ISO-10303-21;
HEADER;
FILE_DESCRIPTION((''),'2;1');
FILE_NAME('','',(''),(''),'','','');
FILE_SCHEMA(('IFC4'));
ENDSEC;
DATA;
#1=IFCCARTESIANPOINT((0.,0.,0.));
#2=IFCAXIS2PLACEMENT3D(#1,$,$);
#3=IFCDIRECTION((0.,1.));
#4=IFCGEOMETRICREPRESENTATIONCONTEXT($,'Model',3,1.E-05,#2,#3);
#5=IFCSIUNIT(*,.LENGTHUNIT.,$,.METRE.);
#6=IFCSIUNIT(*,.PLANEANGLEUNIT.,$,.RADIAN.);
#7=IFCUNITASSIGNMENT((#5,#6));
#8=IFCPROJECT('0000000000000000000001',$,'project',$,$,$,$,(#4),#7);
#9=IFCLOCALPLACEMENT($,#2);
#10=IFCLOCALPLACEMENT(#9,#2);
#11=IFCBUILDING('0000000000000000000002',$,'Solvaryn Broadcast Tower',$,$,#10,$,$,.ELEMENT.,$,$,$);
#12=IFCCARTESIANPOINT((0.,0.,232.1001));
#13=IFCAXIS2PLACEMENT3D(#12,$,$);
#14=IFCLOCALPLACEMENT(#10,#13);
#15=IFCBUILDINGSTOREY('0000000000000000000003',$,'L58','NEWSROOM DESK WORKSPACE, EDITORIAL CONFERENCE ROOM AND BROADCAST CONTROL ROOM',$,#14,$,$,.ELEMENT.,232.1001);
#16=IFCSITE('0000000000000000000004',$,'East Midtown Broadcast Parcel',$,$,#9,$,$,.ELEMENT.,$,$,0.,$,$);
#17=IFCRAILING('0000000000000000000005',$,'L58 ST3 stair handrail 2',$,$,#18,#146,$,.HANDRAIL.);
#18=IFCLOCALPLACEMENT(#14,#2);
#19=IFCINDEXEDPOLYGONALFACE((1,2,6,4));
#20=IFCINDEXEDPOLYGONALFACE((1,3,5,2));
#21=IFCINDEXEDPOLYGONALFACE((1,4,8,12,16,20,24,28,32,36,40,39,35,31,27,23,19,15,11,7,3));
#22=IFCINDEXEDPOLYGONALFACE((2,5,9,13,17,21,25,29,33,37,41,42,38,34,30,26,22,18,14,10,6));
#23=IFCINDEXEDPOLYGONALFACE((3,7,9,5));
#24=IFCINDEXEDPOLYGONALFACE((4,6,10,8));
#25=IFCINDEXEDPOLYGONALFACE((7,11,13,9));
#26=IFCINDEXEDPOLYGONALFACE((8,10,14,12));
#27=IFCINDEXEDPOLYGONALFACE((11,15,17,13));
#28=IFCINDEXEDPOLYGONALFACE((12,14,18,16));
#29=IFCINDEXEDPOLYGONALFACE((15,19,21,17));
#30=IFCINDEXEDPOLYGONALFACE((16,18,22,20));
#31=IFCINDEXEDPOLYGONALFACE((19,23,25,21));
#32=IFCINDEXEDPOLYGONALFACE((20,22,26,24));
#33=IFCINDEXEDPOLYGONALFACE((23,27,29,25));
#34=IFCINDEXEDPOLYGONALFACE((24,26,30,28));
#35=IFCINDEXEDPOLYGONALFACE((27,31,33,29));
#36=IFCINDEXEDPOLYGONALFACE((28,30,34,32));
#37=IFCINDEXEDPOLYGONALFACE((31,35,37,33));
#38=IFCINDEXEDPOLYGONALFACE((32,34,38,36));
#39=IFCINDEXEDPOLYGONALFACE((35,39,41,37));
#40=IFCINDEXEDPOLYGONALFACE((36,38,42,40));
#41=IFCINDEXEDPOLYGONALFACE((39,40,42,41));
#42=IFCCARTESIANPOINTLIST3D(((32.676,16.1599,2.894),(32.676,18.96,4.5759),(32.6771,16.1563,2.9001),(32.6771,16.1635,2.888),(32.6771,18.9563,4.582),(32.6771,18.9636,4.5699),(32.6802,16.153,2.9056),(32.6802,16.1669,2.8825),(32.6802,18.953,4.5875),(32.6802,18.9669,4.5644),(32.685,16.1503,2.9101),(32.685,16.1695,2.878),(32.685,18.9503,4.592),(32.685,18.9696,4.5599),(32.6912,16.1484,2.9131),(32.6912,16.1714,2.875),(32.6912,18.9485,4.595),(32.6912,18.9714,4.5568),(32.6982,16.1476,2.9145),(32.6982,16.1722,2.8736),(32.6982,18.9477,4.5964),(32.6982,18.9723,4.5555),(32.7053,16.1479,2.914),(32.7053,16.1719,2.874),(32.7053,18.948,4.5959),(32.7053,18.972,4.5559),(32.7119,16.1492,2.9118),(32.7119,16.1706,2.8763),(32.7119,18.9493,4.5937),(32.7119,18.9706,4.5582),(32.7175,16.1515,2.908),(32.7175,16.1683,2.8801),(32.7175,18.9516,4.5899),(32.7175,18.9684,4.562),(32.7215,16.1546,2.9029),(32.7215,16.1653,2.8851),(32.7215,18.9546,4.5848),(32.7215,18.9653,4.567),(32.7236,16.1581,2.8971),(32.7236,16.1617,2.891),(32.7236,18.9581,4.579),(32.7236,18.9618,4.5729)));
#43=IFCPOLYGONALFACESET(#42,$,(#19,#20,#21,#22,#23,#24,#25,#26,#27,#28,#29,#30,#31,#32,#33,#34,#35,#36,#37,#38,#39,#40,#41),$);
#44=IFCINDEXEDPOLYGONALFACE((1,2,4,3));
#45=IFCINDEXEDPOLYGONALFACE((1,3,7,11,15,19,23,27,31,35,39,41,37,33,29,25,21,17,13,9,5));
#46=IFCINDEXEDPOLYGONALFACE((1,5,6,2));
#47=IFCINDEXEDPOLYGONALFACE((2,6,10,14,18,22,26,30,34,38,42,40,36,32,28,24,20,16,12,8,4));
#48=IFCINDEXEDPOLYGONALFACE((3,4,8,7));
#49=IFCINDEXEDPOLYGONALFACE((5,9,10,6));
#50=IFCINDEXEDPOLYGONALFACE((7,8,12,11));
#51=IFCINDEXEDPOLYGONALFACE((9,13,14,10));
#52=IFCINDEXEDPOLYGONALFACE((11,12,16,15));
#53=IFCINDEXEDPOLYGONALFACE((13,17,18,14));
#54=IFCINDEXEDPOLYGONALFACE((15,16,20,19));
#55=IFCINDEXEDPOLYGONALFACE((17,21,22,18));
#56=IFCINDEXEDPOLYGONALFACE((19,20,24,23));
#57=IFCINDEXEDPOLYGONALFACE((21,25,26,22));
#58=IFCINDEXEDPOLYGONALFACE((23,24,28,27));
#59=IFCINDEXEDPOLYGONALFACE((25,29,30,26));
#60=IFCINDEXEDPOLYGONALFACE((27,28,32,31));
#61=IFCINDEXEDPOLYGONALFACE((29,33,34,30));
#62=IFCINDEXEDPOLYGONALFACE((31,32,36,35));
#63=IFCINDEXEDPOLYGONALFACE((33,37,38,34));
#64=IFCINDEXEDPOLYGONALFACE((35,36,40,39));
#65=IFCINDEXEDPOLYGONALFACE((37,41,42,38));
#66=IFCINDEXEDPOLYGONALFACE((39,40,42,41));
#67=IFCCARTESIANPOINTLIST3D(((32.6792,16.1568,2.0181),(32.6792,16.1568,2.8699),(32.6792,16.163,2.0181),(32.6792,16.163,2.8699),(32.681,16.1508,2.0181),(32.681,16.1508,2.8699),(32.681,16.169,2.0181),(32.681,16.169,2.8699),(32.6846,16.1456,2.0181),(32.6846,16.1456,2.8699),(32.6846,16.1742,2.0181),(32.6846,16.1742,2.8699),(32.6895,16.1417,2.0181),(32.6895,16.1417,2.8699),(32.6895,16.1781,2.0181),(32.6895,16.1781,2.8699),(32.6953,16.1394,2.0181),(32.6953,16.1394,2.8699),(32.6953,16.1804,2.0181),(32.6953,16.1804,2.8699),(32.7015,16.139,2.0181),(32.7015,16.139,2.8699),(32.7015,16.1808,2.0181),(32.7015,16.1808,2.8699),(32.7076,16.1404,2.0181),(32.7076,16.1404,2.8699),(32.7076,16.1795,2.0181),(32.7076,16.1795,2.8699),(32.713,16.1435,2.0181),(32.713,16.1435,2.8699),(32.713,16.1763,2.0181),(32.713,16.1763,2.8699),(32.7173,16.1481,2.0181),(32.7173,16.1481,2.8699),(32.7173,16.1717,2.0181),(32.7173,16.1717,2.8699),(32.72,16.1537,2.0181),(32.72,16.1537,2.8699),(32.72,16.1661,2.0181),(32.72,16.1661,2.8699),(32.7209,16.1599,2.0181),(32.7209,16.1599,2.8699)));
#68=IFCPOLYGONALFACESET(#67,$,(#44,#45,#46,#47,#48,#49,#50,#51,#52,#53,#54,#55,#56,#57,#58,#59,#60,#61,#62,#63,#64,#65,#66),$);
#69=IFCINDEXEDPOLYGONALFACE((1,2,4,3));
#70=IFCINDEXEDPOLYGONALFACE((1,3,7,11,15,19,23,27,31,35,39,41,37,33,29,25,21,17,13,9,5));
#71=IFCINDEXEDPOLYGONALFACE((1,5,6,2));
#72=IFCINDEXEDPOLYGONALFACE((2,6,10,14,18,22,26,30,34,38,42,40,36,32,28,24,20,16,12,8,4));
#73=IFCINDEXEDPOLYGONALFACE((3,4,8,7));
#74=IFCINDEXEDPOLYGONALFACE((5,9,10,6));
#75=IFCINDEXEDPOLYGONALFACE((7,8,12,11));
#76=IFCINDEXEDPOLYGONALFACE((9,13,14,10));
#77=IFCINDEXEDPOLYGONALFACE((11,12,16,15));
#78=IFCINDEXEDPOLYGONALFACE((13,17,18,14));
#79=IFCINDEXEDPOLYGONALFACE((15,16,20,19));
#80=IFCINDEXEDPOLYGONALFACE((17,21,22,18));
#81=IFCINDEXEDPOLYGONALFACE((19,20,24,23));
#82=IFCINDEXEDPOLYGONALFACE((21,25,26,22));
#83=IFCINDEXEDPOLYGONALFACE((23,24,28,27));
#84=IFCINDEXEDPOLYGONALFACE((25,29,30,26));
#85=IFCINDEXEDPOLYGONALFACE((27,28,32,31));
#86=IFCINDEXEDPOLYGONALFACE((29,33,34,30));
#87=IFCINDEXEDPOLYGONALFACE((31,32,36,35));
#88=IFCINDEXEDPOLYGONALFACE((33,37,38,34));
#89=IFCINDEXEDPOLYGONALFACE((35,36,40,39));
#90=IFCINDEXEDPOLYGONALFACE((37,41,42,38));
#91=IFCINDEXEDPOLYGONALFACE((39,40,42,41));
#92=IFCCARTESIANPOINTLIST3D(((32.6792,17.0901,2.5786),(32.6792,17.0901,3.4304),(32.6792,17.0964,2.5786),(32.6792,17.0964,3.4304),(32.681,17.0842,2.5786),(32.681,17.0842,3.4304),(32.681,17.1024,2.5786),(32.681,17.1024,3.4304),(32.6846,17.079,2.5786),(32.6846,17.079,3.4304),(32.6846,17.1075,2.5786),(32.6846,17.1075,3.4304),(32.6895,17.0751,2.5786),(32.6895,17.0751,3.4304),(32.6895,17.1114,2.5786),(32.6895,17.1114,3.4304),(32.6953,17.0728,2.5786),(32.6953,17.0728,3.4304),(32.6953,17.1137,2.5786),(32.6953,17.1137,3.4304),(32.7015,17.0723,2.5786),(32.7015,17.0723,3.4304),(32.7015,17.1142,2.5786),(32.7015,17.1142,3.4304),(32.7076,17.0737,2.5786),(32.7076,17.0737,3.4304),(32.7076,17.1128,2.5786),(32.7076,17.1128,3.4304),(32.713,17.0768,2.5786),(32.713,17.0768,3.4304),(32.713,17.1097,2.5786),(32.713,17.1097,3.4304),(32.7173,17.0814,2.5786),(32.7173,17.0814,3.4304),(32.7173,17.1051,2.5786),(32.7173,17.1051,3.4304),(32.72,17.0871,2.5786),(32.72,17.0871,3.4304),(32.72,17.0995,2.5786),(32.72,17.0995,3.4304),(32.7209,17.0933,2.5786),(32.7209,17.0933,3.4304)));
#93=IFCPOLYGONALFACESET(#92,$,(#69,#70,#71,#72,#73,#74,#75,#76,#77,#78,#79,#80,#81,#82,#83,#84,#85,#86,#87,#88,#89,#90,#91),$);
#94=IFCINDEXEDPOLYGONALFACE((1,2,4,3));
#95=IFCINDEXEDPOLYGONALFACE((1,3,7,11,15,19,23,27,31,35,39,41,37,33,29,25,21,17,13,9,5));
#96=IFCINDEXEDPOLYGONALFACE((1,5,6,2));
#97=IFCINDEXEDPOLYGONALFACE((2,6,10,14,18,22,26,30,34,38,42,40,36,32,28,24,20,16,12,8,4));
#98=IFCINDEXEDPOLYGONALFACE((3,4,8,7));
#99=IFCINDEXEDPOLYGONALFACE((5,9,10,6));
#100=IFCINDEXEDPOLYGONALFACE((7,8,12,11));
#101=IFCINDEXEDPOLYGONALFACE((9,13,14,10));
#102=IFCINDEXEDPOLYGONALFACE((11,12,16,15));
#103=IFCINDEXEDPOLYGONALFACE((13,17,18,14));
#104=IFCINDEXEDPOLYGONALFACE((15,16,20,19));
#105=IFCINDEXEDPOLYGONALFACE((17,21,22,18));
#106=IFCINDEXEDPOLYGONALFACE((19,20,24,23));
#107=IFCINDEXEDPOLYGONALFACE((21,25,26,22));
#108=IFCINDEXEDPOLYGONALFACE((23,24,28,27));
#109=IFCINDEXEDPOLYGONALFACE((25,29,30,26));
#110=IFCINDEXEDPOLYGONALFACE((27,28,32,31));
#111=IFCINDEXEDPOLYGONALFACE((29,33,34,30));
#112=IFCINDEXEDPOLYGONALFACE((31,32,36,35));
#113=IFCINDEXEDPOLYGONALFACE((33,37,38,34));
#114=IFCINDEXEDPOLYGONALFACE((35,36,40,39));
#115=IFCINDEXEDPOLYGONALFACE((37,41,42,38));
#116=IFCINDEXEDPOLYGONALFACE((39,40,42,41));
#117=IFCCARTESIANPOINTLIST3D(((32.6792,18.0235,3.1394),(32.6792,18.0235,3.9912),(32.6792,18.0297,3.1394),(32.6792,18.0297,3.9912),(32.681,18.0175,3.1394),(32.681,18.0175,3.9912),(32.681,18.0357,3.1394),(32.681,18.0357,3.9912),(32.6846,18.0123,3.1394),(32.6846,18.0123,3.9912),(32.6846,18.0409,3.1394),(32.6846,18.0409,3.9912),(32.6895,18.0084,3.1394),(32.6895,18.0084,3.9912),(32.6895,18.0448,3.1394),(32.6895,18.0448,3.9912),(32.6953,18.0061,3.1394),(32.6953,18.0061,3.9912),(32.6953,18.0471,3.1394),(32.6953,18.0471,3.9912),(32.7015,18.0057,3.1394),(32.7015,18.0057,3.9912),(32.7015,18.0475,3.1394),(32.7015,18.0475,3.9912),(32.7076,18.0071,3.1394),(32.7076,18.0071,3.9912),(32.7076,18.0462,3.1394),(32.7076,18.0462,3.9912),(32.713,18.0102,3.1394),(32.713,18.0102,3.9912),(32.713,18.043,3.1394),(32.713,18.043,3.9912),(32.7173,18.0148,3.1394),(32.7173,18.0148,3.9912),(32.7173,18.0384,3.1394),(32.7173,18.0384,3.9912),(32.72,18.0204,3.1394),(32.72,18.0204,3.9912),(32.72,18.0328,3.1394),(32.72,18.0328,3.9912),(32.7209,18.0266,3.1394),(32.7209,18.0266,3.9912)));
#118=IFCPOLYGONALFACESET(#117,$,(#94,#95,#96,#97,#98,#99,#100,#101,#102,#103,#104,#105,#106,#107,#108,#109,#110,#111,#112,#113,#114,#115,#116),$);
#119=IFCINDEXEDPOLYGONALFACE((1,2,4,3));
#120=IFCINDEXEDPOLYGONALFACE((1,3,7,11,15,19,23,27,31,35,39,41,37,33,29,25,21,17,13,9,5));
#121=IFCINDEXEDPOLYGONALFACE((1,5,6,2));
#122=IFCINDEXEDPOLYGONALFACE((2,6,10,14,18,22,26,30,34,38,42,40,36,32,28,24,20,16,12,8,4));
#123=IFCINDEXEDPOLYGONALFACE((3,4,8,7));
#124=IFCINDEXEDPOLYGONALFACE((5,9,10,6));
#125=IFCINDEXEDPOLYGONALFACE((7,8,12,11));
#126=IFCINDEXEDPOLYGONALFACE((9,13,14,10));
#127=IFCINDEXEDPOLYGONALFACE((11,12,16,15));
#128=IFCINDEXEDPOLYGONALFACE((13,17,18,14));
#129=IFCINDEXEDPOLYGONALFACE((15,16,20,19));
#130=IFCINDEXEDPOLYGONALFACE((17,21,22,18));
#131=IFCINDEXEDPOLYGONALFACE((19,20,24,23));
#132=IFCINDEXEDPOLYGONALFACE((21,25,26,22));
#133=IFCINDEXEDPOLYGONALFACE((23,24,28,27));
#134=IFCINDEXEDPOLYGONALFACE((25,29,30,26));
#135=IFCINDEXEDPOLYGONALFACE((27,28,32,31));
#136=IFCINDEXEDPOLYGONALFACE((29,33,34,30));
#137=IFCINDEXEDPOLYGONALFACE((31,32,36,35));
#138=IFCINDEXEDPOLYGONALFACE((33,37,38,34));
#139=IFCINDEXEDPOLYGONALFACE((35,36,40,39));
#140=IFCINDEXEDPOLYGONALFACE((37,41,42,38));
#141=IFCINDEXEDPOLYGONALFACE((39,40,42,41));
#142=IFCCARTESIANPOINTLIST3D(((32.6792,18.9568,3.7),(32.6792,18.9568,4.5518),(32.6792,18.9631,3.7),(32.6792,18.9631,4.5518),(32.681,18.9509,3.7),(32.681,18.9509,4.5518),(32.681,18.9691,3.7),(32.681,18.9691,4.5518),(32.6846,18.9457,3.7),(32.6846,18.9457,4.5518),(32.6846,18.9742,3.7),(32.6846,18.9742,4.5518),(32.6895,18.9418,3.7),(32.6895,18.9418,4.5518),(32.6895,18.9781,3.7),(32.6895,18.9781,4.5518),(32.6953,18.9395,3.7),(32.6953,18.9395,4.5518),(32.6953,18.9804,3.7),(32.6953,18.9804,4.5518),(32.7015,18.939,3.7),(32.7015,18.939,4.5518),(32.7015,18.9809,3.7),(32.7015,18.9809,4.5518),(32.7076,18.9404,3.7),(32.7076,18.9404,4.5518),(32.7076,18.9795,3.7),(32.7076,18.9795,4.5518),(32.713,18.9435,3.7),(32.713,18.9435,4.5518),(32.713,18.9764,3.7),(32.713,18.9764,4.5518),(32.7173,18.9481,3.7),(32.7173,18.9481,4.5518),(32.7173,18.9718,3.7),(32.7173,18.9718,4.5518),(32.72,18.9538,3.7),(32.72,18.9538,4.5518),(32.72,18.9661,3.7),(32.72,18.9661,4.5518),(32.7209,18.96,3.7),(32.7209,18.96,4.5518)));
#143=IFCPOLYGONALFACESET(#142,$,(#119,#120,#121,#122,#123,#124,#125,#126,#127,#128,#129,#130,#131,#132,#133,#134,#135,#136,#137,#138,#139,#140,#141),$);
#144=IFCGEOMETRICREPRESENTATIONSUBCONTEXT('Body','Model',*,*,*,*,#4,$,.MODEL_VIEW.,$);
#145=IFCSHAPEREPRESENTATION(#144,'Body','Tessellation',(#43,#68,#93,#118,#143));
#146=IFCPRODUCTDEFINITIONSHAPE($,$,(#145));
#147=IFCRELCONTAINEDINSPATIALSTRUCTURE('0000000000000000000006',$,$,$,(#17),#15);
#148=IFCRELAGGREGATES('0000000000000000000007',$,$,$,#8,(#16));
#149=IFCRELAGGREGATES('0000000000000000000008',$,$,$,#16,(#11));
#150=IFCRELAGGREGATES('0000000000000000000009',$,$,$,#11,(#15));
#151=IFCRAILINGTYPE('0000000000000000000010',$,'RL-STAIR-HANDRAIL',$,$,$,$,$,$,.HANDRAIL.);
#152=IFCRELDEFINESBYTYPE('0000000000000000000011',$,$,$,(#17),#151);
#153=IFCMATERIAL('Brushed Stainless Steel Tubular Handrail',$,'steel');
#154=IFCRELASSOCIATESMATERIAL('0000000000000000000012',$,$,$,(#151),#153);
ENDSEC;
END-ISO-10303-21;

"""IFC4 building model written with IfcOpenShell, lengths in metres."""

from ifc_helpers import new_model, si_unit, direction, frame, origin, origin_2d, place, context, subcontext, project, spatial, circle, extrude, material, type_object, element, save


model = new_model("IFC4")

# Units and contexts
model_context = context("Model", 3, precision=1e-05, world=origin(), true_north=direction((0.0, 1.0)))
body_context = subcontext(model_context, "Body", "Model", "MODEL_VIEW")
ifc_project = project(units=[si_unit("LENGTHUNIT", "METRE"), si_unit("PLANEANGLEUNIT", "RADIAN")], contexts=[model_context])

# Site, building, storey
site_placement = place(None, origin())
site = spatial("IfcSite", under=ifc_project, at=site_placement, Name="East Midtown Broadcast Parcel", CompositionType="ELEMENT", RefElevation=0.0)
building_placement = place(site_placement, origin())
building = spatial("IfcBuilding", under=site, at=building_placement, Name="Solvaryn Broadcast Tower", CompositionType="ELEMENT")
storey_placement = place(building_placement, frame((0.0, 0.0, 232.1001)))
storey = spatial("IfcBuildingStorey", under=building, at=storey_placement, Name="L58", Description="NEWSROOM DESK WORKSPACE, EDITORIAL CONFERENCE ROOM AND BROADCAST CONTROL ROOM", CompositionType="ELEMENT", Elevation=232.1001)

# Railing
ifc_material_1 = material(Name="Brushed Stainless Steel Tubular Handrail", Category="steel")
railing_type_1 = type_object("IfcRailingType", Name="RL-STAIR-HANDRAIL", PredefinedType="HANDRAIL", material=ifc_material_1)
railing_1_placement = place(storey_placement, frame((32.7, 16.1599, 2.0181)))
element("IfcRailing", 1, at=railing_1_placement, inside=storey, type_object=railing_type_1, Name="L58 ST3 stair handrail 2", PredefinedType="HANDRAIL", context=body_context, shape_type="SweptSolid", body=[
    extrude(circle(Radius=0.0239, at=origin_2d()), frame((0.0, 0.0, 0.876), z_axis=(0.0, 0.857242, 0.514913), x_axis=(-1.0, 0.0, 0.0)), (0.0, 0.0, 1.0), 3.2664),
    extrude(circle(Radius=0.021, at=origin_2d()), origin(), (0.0, 0.0, 1.0), 0.8518),
    extrude(circle(Radius=0.021, at=origin_2d()), frame((0.0, 0.9333, 0.5605)), (0.0, 0.0, 1.0), 0.8518),
    extrude(circle(Radius=0.021, at=origin_2d()), frame((0.0, 1.8667, 1.1213)), (0.0, 0.0, 1.0), 0.8518),
    extrude(circle(Radius=0.021, at=origin_2d()), frame((0.0, 2.8, 1.6819)), (0.0, 0.0, 1.0), 0.8518),
])

save(model, "model.ifc")
